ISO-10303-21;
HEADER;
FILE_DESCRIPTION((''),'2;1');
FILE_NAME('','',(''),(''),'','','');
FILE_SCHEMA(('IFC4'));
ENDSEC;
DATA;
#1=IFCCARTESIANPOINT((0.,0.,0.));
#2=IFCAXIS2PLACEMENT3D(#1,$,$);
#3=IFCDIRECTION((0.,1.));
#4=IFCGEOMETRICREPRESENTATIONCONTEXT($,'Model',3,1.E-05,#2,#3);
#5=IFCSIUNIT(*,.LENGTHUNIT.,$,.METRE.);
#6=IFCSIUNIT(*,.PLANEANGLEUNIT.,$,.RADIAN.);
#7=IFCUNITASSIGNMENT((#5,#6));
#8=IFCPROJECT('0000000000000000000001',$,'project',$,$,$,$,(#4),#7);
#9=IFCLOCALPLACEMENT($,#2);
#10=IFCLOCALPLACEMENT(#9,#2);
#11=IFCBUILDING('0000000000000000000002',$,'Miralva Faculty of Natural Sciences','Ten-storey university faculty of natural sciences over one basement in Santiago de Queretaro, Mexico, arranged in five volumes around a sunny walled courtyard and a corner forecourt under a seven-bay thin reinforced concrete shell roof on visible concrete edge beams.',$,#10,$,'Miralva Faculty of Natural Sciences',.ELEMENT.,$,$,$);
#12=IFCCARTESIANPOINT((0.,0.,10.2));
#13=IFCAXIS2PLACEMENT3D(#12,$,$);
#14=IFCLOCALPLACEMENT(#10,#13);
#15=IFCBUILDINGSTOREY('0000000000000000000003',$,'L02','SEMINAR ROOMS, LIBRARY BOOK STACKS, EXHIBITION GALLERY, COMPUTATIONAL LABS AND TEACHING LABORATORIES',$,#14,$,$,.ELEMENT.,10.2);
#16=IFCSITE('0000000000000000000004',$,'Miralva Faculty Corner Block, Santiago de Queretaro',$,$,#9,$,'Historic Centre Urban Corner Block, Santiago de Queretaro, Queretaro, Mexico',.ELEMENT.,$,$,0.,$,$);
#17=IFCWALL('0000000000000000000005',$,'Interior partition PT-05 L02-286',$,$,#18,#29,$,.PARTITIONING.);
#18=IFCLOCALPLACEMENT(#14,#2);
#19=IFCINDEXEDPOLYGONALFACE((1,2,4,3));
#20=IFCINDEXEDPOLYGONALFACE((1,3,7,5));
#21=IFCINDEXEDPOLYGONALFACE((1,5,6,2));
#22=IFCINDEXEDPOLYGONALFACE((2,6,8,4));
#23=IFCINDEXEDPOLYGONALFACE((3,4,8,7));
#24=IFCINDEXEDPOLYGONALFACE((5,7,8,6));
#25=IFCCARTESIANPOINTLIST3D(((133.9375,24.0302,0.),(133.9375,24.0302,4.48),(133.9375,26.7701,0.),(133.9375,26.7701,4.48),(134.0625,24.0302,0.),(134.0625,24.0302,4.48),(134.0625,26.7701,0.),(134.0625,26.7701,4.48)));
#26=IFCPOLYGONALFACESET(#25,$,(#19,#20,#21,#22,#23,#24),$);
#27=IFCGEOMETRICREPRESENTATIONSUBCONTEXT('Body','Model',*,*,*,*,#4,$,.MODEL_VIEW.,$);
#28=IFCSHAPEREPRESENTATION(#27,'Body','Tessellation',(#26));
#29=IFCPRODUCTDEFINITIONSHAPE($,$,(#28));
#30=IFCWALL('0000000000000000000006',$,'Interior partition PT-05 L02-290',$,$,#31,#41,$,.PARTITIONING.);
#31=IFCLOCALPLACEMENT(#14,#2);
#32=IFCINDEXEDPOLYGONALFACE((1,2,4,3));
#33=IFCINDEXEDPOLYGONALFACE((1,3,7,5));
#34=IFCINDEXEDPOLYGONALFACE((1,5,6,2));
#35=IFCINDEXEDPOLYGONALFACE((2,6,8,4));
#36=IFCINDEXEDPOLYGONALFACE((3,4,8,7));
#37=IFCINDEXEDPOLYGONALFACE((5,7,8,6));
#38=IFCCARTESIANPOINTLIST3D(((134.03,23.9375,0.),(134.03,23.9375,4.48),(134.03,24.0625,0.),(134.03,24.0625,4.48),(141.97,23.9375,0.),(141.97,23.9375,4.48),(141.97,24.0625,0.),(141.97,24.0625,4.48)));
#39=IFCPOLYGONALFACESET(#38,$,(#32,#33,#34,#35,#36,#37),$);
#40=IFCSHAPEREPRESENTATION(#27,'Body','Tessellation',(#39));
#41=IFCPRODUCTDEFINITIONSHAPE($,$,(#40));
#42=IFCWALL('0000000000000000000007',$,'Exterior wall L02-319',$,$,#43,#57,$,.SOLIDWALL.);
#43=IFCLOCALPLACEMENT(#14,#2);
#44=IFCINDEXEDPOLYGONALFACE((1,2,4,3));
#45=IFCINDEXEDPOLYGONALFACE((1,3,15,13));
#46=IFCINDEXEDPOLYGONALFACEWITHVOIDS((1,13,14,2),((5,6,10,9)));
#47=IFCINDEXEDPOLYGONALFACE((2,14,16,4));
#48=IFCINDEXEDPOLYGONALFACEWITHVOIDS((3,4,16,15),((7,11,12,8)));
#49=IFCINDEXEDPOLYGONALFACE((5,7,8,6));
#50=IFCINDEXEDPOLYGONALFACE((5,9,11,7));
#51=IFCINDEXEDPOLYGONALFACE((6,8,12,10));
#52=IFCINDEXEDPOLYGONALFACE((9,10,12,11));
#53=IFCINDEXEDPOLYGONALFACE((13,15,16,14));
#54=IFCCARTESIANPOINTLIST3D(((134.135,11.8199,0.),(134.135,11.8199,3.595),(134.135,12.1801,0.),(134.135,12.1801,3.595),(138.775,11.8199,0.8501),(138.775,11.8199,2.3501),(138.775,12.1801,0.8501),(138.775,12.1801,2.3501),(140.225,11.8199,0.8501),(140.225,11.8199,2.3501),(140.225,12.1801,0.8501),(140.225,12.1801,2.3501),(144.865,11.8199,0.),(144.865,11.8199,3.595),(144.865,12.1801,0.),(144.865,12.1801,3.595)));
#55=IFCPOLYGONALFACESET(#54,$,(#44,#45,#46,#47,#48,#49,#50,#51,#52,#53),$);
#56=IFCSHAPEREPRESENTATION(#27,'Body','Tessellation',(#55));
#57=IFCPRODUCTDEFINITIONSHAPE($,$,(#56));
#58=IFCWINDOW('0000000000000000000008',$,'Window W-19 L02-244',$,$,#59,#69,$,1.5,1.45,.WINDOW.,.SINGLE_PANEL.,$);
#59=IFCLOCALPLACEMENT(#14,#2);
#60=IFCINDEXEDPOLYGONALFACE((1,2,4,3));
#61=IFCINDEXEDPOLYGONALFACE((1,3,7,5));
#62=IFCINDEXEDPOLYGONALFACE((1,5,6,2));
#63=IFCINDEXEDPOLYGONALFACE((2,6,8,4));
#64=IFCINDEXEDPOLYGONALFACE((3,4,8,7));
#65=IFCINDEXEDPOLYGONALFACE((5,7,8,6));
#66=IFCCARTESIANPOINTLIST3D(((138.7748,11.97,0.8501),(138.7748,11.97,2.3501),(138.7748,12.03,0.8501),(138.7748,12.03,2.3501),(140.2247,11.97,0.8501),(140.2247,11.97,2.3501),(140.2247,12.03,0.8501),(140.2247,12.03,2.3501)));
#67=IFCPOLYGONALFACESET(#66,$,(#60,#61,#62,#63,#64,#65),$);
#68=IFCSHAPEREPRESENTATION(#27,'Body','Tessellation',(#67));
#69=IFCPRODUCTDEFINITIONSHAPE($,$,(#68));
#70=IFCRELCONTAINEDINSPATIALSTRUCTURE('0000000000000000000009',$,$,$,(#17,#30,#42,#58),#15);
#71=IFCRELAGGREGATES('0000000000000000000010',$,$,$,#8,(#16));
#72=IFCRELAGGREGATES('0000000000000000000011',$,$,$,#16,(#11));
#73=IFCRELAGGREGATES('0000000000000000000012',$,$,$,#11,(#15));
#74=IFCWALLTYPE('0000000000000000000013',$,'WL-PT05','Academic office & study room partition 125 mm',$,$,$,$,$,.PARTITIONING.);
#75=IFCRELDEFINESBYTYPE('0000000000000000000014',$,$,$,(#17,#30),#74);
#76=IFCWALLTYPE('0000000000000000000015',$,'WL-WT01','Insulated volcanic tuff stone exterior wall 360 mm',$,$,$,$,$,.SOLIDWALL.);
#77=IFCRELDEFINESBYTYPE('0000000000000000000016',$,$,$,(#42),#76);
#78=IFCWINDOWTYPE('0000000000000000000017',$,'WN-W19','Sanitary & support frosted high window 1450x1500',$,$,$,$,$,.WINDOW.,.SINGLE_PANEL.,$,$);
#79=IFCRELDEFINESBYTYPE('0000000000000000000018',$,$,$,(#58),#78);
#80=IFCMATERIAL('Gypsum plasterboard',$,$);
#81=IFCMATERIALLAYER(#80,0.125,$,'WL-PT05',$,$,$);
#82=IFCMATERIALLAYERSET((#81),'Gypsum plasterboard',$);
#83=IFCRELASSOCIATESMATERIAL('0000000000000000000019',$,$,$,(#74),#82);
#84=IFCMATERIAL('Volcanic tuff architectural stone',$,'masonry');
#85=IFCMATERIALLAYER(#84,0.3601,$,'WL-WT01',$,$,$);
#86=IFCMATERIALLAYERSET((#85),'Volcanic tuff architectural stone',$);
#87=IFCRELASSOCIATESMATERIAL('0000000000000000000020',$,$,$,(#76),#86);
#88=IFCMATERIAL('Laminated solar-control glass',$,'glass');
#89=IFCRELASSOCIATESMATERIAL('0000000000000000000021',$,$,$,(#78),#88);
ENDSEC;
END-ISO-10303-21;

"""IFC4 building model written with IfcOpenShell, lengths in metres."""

from ifc_helpers import new_model, si_unit, direction, frame, frame_2d, origin, place, context, subcontext, project, spatial, rectangle, extrude, material, layer, layer_set, type_object, element, fill, save


model = new_model("IFC4")

# Units and contexts
model_context = context("Model", 3, precision=1e-05, world=origin(), true_north=direction((0.0, 1.0)))
body_context = subcontext(model_context, "Body", "Model", "MODEL_VIEW")
ifc_project = project(units=[si_unit("LENGTHUNIT", "METRE"), si_unit("PLANEANGLEUNIT", "RADIAN")], contexts=[model_context])

# Site, building, storey
site_placement = place(None, origin())
site = spatial("IfcSite", under=ifc_project, at=site_placement, Name="Miralva Faculty Corner Block, Santiago de Queretaro", LongName="Historic Centre Urban Corner Block, Santiago de Queretaro, Queretaro, Mexico", CompositionType="ELEMENT", RefElevation=0.0)
building_placement = place(site_placement, origin())
building = spatial("IfcBuilding", under=site, at=building_placement, Name="Miralva Faculty of Natural Sciences", Description="Ten-storey university faculty of natural sciences over one basement in Santiago de Queretaro, Mexico, arranged in five volumes around a sunny walled courtyard and a corner forecourt under a seven-bay thin reinforced concrete shell roof on visible concrete edge beams.", LongName="Miralva Faculty of Natural Sciences", CompositionType="ELEMENT")
storey_placement = place(building_placement, frame((0.0, 0.0, 10.2)))
storey = spatial("IfcBuildingStorey", under=building, at=storey_placement, Name="L02", Description="SEMINAR ROOMS, LIBRARY BOOK STACKS, EXHIBITION GALLERY, COMPUTATIONAL LABS AND TEACHING LABORATORIES", CompositionType="ELEMENT", Elevation=10.2)

# Shared definitions
ifc_material_1 = material(Name="Laminated solar-control glass", Category="glass")

# Wall
ifc_material_2 = material(Name="Gypsum plasterboard")
ifc_layer_1 = layer(ifc_material_2, 0.125, Name="WL-PT05")
ifc_layer_set_1 = layer_set([ifc_layer_1], Name="Gypsum plasterboard")
wall_type_1 = type_object("IfcWallType", Name="WL-PT05", Description="Academic office & study room partition 125 mm", PredefinedType="PARTITIONING", material=ifc_layer_set_1)
wall_1_placement = place(storey_placement, frame((134.0, 24.03, 0.0), z_axis=(0.0, 0.0, 1.0), x_axis=(0.0, 1.0, 0.0)))
element("IfcWall", 1, at=wall_1_placement, inside=storey, type_object=wall_type_1, Name="Interior partition PT-05 L02-286", PredefinedType="PARTITIONING", context=body_context, shape_type="SweptSolid", body=[
    extrude(rectangle(XDim=2.74, YDim=0.125, at=frame_2d((1.3701, 0.0))), origin(), (0.0, 0.0, 1.0), 4.48),
])

# Wall
wall_2_placement = place(storey_placement, frame((134.03, 24.0, 0.0), z_axis=(0.0, 0.0, 1.0), x_axis=(1.0, 0.0, 0.0)))
element("IfcWall", 2, at=wall_2_placement, inside=storey, type_object=wall_type_1, Name="Interior partition PT-05 L02-290", PredefinedType="PARTITIONING", context=body_context, shape_type="SweptSolid", body=[
    extrude(rectangle(XDim=7.9399, YDim=0.125, at=frame_2d((3.97, 0.0))), origin(), (0.0, 0.0, 1.0), 4.48),
])

# Wall, opening, window
ifc_material_3 = material(Name="Volcanic tuff architectural stone", Category="masonry")
ifc_layer_2 = layer(ifc_material_3, 0.3601, Name="WL-WT01")
ifc_layer_set_2 = layer_set([ifc_layer_2], Name="Volcanic tuff architectural stone")
wall_type_2 = type_object("IfcWallType", Name="WL-WT01", Description="Insulated volcanic tuff stone exterior wall 360 mm", PredefinedType="SOLIDWALL", material=ifc_layer_set_2)
wall_3_placement = place(storey_placement, frame((134.135, 12.0, 0.0), z_axis=(0.0, 0.0, 1.0), x_axis=(1.0, 0.0, 0.0)))
wall_3 = element("IfcWall", 3, at=wall_3_placement, inside=storey, type_object=wall_type_2, Name="Exterior wall L02-319", PredefinedType="SOLIDWALL", context=body_context, shape_type="SweptSolid", body=[
    extrude(rectangle(XDim=10.73, YDim=0.3601, at=frame_2d((5.365, 0.0))), origin(), (0.0, 0.0, 1.0), 3.595),
])
opening_1_placement = place(wall_3_placement, frame((4.6399, 0.0, 0.8501)))
opening_1 = element("IfcOpeningElement", 4, at=opening_1_placement, cuts=wall_3, PredefinedType="OPENING", context=body_context, shape_type="SweptSolid", body=[
    extrude(rectangle(XDim=1.45, YDim=1.5, at=frame_2d((0.7251, 0.75))), frame((0.0, 0.1899, 0.0), z_axis=(0.0, -1.0, 0.0), x_axis=(1.0, 0.0, 0.0)), (0.0, 0.0, 1.0), 0.3801),
])
window_type = type_object("IfcWindowType", Name="WN-W19", Description="Sanitary & support frosted high window 1450x1500", PartitioningType="SINGLE_PANEL", PredefinedType="WINDOW", material=ifc_material_1)
window_placement = place(opening_1_placement, frame((1.45, 0.0, 0.0), z_axis=(0.0, 0.0, 1.0), x_axis=(-1.0, 0.0, 0.0)))
window = element("IfcWindow", 5, at=window_placement, inside=storey, type_object=window_type, Name="Window W-19 L02-244", OverallHeight=1.5, OverallWidth=1.45, PartitioningType="SINGLE_PANEL", PredefinedType="WINDOW", context=body_context, shape_type="SweptSolid", body=[
    extrude(rectangle(XDim=1.45, YDim=1.5, at=frame_2d((0.7251, 0.75))), frame((0.0, 0.03, 0.0), z_axis=(0.0, -1.0, 0.0), x_axis=(1.0, 0.0, 0.0)), (0.0, 0.0, 1.0), 0.0601),
])
fill(opening_1, window)

save(model, "model.ifc")
